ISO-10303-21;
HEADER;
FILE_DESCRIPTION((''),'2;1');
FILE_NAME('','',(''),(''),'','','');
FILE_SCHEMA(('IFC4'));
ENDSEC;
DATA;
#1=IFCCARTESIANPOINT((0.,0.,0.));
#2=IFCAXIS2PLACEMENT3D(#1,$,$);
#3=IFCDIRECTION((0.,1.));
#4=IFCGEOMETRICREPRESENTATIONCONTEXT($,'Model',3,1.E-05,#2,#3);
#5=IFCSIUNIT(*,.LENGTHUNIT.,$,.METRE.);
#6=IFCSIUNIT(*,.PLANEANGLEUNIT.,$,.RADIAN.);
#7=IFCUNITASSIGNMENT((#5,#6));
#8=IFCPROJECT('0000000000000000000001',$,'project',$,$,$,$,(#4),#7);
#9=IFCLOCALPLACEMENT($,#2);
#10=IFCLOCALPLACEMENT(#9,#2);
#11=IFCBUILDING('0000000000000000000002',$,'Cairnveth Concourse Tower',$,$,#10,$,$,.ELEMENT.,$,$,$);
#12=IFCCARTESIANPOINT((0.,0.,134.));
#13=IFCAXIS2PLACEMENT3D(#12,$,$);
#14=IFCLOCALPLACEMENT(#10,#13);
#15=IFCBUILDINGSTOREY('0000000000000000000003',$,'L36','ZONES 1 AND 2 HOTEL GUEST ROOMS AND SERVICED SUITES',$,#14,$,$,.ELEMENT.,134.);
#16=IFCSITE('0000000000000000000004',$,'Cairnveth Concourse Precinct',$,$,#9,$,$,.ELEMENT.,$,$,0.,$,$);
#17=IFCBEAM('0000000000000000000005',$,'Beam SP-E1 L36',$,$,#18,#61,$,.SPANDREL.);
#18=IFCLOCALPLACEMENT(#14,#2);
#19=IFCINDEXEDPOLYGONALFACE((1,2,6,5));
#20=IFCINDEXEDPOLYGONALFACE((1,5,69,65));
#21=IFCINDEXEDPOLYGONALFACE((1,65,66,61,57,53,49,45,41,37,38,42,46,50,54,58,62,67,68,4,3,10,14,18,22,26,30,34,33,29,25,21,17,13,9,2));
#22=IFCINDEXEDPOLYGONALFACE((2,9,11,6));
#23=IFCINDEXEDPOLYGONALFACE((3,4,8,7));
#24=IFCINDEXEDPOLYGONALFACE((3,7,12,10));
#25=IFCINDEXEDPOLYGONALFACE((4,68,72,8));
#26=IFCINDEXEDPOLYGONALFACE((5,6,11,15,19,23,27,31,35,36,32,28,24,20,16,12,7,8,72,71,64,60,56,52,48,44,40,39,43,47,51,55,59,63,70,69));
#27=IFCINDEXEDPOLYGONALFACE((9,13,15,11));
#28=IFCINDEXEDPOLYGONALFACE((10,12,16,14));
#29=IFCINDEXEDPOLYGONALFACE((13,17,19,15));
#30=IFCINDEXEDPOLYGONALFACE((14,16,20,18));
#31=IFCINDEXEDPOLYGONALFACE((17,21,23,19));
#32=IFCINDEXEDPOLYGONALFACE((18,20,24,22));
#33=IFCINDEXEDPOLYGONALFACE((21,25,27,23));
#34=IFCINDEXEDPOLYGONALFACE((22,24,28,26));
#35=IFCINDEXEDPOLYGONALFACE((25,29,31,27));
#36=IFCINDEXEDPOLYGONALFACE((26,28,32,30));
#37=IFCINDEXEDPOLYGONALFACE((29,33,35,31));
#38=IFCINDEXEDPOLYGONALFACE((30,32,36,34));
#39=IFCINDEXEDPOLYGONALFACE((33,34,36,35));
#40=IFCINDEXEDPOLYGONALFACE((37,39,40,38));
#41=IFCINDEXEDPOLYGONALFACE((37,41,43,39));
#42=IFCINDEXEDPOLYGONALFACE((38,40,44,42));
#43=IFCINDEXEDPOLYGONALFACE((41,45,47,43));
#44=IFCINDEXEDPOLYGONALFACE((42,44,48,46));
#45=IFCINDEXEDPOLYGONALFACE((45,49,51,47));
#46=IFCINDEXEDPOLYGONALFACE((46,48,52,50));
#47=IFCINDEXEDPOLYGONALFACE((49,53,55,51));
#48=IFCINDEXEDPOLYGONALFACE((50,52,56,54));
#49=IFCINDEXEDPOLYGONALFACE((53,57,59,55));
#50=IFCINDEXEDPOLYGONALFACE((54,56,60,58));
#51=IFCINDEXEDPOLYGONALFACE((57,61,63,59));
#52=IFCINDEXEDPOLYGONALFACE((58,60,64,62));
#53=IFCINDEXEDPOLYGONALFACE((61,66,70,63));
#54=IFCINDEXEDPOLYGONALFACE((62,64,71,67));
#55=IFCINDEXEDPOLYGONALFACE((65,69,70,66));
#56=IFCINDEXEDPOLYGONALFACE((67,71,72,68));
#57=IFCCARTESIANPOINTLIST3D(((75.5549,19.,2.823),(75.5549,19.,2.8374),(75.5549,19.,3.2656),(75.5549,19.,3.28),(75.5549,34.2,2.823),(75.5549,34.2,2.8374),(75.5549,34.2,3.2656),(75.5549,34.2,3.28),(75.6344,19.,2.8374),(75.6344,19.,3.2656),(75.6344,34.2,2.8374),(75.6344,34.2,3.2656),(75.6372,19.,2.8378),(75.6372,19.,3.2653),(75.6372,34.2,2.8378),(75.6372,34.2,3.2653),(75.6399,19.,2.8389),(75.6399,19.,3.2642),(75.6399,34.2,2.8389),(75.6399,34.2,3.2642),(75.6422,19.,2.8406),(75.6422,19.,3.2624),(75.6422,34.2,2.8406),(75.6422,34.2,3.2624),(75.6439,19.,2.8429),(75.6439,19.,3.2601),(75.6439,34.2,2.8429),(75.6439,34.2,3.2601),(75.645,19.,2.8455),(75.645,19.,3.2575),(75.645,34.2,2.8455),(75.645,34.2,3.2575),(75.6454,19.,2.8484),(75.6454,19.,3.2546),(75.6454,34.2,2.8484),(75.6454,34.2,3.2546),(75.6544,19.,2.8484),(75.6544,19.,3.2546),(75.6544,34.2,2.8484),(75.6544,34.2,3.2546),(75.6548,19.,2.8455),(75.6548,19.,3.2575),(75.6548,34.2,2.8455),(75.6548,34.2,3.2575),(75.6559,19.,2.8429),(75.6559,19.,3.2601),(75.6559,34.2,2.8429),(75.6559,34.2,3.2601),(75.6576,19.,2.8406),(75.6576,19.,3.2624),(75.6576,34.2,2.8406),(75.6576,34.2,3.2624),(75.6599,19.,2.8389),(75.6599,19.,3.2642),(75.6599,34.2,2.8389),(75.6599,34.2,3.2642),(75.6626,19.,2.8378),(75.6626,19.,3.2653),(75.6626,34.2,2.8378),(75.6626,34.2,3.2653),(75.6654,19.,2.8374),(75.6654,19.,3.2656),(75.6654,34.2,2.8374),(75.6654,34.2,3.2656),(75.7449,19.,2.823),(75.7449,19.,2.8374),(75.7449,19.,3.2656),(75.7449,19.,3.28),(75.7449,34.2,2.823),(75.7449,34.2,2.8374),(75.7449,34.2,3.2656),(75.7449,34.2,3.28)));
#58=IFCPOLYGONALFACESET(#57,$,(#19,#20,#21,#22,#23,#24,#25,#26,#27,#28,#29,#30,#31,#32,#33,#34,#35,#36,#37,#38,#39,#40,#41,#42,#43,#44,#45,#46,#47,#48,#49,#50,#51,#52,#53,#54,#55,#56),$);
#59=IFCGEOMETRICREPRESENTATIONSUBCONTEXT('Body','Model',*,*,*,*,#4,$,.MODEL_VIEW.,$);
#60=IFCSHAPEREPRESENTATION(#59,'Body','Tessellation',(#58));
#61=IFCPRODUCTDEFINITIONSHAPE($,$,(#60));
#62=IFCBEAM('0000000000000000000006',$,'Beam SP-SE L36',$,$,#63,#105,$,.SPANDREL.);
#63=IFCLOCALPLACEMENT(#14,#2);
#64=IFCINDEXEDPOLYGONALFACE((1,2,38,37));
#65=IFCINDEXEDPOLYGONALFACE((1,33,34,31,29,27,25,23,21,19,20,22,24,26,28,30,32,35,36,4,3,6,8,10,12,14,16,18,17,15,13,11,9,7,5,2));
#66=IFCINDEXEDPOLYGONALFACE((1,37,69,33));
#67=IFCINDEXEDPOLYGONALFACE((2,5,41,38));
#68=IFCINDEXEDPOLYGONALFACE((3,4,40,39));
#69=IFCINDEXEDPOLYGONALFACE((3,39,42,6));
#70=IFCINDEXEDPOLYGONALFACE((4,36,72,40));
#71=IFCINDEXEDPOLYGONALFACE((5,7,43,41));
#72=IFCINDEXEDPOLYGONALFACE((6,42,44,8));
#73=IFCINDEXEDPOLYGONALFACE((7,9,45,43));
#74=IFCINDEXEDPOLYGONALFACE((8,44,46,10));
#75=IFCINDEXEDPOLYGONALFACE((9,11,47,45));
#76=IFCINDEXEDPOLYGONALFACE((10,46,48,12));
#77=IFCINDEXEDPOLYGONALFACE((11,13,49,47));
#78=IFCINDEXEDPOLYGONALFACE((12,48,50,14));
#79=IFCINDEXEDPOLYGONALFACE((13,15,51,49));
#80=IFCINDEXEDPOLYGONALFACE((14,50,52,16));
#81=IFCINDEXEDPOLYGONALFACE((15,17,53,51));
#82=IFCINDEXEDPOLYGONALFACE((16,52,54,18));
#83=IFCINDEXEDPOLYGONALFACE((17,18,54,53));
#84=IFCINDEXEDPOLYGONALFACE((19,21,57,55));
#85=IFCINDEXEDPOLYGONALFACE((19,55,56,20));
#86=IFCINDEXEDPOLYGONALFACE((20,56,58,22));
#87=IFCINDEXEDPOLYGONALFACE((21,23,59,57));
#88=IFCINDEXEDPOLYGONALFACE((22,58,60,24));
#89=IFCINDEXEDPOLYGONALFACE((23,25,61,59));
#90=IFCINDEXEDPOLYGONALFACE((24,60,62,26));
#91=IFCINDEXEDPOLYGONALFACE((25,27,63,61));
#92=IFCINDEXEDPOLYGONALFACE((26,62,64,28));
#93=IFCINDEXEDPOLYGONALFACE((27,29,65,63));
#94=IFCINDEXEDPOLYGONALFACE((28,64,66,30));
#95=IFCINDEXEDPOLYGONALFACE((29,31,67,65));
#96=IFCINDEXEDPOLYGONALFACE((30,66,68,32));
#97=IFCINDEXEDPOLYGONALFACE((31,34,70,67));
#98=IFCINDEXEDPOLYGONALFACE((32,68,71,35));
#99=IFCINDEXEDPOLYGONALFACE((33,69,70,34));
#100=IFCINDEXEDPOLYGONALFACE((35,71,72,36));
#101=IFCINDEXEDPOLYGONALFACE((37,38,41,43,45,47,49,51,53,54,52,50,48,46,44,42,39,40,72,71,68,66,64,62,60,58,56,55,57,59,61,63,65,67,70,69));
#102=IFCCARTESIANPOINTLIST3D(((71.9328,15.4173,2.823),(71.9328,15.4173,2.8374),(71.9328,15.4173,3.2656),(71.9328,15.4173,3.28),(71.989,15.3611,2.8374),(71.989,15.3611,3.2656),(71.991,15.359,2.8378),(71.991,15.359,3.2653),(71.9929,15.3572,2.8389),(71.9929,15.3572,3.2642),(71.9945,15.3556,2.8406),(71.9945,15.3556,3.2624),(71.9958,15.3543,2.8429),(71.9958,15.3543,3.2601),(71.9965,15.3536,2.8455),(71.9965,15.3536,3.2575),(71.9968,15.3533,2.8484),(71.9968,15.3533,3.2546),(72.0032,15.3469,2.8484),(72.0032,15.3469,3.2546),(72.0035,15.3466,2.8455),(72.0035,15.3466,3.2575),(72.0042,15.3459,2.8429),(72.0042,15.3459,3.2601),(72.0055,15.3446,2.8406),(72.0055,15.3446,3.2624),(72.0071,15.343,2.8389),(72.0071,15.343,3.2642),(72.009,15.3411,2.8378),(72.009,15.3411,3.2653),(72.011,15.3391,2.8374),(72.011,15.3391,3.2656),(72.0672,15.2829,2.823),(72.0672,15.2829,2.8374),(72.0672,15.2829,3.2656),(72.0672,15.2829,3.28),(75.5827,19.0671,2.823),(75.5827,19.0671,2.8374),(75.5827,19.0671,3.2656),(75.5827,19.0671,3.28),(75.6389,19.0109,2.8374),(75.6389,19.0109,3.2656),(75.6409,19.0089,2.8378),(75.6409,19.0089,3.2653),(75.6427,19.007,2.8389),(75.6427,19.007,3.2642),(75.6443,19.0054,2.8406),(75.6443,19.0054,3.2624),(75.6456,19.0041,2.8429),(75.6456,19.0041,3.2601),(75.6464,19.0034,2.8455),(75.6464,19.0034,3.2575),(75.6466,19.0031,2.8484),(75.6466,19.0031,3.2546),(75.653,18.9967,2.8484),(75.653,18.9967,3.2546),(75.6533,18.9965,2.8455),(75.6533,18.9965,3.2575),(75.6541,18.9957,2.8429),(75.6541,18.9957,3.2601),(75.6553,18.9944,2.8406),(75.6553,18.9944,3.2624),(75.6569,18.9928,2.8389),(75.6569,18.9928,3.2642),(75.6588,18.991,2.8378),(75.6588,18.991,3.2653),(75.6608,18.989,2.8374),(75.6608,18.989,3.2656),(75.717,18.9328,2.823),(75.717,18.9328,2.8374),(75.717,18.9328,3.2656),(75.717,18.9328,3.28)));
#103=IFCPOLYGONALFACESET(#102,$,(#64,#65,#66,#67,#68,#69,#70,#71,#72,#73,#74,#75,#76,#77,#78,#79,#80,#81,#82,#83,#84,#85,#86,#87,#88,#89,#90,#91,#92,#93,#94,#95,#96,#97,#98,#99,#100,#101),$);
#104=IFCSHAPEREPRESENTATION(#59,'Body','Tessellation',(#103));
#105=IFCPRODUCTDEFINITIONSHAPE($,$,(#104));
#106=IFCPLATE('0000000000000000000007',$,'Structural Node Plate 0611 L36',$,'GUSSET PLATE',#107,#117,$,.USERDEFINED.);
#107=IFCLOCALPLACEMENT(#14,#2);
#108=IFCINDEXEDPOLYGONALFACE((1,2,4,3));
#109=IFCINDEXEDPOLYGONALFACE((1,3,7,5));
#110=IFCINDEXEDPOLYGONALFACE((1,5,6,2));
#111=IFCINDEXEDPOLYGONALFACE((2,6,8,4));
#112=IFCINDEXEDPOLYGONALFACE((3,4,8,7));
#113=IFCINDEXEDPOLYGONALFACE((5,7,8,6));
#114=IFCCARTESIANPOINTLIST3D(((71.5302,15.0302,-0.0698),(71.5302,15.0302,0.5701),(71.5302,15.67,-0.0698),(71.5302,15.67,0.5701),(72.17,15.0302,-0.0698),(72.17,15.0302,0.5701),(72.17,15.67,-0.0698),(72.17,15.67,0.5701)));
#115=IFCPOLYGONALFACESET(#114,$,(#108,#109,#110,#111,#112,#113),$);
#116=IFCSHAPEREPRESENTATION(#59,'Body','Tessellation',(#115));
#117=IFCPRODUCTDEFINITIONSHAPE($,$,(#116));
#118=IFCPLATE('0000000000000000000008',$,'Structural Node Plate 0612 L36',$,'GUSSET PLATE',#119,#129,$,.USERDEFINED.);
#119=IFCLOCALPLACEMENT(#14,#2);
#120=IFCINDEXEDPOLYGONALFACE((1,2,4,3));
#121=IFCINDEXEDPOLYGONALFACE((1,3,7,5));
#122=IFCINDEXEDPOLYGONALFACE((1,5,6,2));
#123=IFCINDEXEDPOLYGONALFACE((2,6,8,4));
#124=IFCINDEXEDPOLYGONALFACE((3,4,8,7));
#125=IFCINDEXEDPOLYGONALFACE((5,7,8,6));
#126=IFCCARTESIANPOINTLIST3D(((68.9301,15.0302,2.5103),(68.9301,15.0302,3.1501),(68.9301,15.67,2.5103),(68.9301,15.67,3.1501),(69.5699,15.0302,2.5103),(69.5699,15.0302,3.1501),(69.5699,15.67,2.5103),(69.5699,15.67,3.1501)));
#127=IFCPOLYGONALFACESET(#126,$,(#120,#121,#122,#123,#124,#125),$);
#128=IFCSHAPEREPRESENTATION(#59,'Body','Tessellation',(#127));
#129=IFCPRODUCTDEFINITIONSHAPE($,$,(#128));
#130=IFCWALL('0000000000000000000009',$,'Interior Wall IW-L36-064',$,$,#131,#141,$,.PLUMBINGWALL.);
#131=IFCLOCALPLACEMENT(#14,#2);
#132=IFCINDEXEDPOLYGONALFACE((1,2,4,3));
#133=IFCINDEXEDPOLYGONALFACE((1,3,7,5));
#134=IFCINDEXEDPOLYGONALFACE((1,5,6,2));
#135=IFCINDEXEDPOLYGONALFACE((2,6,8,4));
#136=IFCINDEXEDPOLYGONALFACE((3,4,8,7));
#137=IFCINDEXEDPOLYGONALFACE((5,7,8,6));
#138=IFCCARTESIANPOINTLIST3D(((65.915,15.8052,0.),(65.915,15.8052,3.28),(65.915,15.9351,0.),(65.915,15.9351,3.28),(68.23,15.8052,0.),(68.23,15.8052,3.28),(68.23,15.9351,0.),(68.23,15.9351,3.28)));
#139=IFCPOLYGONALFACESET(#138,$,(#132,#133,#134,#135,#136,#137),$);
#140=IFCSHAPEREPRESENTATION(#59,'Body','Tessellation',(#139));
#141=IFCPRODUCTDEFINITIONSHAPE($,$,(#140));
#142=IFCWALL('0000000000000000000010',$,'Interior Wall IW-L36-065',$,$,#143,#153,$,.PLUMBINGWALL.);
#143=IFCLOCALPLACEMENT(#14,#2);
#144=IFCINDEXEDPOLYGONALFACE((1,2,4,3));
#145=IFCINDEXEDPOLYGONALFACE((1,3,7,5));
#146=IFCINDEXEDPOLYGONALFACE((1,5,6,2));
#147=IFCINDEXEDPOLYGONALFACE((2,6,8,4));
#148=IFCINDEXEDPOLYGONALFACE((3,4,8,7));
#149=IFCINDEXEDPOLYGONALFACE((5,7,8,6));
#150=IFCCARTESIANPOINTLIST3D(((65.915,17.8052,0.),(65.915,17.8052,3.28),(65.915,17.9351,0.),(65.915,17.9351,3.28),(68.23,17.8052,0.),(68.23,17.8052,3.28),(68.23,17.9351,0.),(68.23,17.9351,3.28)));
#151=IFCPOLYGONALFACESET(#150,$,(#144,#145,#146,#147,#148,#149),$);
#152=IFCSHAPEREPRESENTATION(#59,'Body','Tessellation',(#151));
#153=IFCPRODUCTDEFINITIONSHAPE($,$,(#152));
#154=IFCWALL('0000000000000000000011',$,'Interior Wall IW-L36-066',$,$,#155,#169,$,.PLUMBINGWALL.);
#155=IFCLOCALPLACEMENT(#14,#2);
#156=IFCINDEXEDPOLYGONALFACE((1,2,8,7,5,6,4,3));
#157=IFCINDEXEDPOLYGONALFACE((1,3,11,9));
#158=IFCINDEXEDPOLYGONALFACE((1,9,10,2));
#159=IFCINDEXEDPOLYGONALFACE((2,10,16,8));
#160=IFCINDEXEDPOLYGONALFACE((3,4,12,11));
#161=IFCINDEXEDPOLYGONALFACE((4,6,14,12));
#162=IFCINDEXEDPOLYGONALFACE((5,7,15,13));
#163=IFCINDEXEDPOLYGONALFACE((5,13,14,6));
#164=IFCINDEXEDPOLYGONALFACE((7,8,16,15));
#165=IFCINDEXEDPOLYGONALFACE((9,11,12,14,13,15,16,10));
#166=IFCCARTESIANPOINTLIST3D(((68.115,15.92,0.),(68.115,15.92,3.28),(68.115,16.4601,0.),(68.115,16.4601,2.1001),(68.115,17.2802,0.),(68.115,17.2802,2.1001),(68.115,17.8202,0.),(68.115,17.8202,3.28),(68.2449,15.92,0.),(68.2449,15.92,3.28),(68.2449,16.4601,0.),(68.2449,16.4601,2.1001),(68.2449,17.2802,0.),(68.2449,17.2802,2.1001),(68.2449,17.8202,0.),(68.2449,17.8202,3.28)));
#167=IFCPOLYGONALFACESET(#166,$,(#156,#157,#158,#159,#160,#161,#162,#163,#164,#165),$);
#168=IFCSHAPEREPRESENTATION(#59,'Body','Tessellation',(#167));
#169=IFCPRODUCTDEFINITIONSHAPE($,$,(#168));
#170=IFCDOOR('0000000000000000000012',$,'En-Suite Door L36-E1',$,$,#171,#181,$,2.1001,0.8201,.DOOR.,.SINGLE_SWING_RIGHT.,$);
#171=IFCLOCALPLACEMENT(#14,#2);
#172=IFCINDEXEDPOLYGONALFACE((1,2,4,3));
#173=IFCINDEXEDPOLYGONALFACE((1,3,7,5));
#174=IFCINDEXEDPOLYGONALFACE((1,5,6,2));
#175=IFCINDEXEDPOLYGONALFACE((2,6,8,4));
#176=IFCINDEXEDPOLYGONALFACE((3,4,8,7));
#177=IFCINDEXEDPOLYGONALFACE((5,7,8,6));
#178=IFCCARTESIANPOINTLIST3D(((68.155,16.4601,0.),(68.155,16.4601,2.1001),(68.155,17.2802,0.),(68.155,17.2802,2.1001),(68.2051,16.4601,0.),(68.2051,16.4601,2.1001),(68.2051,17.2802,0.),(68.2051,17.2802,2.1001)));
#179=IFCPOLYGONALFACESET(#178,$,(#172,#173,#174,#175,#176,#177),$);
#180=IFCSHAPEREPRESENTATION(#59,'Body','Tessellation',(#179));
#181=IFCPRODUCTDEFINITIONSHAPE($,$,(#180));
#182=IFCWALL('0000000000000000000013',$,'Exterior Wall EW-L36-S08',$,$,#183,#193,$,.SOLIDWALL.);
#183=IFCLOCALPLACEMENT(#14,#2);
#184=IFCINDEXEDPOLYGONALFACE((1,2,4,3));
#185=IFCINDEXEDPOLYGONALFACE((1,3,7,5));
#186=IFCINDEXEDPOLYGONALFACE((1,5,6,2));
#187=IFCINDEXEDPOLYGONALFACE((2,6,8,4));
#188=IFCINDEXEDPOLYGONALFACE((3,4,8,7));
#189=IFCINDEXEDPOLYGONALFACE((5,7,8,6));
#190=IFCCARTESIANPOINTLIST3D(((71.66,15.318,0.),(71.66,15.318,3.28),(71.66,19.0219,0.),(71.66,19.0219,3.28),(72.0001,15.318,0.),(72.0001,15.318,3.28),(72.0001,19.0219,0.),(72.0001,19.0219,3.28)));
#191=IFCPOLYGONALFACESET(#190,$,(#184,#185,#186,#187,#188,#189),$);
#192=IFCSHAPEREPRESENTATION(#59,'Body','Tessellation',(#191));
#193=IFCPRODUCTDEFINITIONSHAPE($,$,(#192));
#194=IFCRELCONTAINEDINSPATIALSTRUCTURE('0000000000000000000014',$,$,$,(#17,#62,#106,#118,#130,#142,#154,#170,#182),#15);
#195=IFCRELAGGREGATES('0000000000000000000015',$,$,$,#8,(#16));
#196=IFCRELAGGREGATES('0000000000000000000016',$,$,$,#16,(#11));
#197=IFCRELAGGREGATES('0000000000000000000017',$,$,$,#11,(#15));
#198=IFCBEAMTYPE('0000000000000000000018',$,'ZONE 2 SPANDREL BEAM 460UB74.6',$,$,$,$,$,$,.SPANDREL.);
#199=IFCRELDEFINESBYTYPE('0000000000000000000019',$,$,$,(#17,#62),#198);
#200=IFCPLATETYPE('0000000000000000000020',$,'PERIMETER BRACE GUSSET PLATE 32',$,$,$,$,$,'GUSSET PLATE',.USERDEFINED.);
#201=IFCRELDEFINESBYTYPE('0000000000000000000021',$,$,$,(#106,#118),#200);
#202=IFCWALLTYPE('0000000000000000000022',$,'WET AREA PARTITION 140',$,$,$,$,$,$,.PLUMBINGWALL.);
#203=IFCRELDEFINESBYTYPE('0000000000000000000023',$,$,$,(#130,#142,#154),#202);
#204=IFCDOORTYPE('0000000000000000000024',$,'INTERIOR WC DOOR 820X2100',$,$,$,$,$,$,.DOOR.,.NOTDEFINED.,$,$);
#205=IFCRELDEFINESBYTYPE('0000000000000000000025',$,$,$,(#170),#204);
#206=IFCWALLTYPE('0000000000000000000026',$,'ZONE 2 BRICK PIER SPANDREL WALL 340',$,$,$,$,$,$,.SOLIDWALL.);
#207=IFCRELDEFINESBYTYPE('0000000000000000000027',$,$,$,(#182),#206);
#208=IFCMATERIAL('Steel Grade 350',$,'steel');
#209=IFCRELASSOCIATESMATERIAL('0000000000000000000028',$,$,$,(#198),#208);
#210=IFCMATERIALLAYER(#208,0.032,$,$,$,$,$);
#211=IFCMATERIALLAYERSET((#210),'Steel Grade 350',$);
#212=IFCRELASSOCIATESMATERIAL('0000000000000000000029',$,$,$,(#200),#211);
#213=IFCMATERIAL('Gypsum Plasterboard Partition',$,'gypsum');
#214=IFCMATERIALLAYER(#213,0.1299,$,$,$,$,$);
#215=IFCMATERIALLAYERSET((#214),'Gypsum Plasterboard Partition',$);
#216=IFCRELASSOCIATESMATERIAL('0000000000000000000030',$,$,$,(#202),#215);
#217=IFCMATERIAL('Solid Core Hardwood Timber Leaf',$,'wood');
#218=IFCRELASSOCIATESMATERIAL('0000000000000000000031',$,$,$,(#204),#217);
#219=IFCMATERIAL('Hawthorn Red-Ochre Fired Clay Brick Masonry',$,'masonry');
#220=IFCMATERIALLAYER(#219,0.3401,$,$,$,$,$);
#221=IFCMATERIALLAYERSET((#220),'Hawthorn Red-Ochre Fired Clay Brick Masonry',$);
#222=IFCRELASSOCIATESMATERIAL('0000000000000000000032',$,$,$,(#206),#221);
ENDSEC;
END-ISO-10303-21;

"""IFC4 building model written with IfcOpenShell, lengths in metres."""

from ifc_helpers import new_model, si_unit, direction, frame, frame_2d, origin, origin_2d, place, context, subcontext, project, spatial, rectangle, i_section, extrude, material, layer, layer_set, material_profile, profile_set, type_object, element, fill, save


model = new_model("IFC4")

# Units and contexts
model_context = context("Model", 3, precision=1e-05, world=origin(), true_north=direction((0.0, 1.0)))
body_context = subcontext(model_context, "Body", "Model", "MODEL_VIEW")
ifc_project = project(units=[si_unit("LENGTHUNIT", "METRE"), si_unit("PLANEANGLEUNIT", "RADIAN")], contexts=[model_context])

# Site, building, storey
site_placement = place(None, origin())
site = spatial("IfcSite", under=ifc_project, at=site_placement, Name="Cairnveth Concourse Precinct", CompositionType="ELEMENT", RefElevation=0.0)
building_placement = place(site_placement, origin())
building = spatial("IfcBuilding", under=site, at=building_placement, Name="Cairnveth Concourse Tower", CompositionType="ELEMENT")
storey_placement = place(building_placement, frame((0.0, 0.0, 134.0)))
storey = spatial("IfcBuildingStorey", under=building, at=storey_placement, Name="L36", Description="ZONES 1 AND 2 HOTEL GUEST ROOMS AND SERVICED SUITES", CompositionType="ELEMENT", Elevation=134.0)

# Shared definitions
ifc_material_1 = material(Name="Steel Grade 350", Category="steel")

# Beams
ifc_material_profile_1 = material_profile(ifc_material_1, i_section(OverallWidth=0.1899, OverallDepth=0.457, WebThickness=0.009, FlangeThickness=0.0144, FilletRadius=0.011, at=origin_2d()), Name="460UB74.6")
ifc_profile_set_1 = profile_set([ifc_material_profile_1], Name="Steel Grade 350")
beam_type_1 = type_object("IfcBeamType", Name="ZONE 2 SPANDREL BEAM 460UB74.6", PredefinedType="SPANDREL", material=ifc_profile_set_1)
beam_1_placement = place(storey_placement, frame((75.6499, 19.0, 3.0515), z_axis=(0.0, 1.0, 0.0), x_axis=(-1.0, 0.0, 0.0)))
element("IfcBeam", 1, at=beam_1_placement, inside=storey, type_object=beam_type_1, Name="Beam SP-E1 L36", PredefinedType="SPANDREL", context=body_context, shape_type="SweptSolid", body=[
    extrude(i_section(OverallWidth=0.1899, OverallDepth=0.457, WebThickness=0.009, FlangeThickness=0.0144, FilletRadius=0.011, at=origin_2d()), origin(), (0.0, 0.0, 1.0), 15.2),
])
beam_2_placement = place(storey_placement, frame((72.0, 15.3501, 3.0515), z_axis=(0.707107, 0.707107, 0.0), x_axis=(-0.707107, 0.707107, 0.0)))
element("IfcBeam", 2, at=beam_2_placement, inside=storey, type_object=beam_type_1, Name="Beam SP-SE L36", PredefinedType="SPANDREL", context=body_context, shape_type="SweptSolid", body=[
    extrude(i_section(OverallWidth=0.1899, OverallDepth=0.457, WebThickness=0.009, FlangeThickness=0.0144, FilletRadius=0.011, at=origin_2d()), origin(), (0.0, 0.0, 1.0), 5.1616),
])

# Plates
ifc_layer_1 = layer(ifc_material_1, 0.032)
ifc_layer_set_1 = layer_set([ifc_layer_1], Name="Steel Grade 350")
plate_type = type_object("IfcPlateType", Name="PERIMETER BRACE GUSSET PLATE 32", ElementType="GUSSET PLATE", PredefinedType="USERDEFINED", material=ifc_layer_set_1)
for number, where, z_axis, x_axis, name in (
    (3, (71.8501, 15.3501, -0.0698), (0.0, 0.0, 1.0), (1.0, 0.0, 0.0), "Structural Node Plate 0611 L36"),
    (4, (69.25, 15.3501, 2.5103), (0.0, 0.0, 1.0), (1.0, 0.0, 0.0), "Structural Node Plate 0612 L36"),
):
    element("IfcPlate", number, at=place(storey_placement, frame(where, z_axis=z_axis, x_axis=x_axis)), inside=storey, type_object=plate_type, Name=name, ObjectType="GUSSET PLATE", PredefinedType="USERDEFINED", context=body_context, shape_type="SweptSolid", body=[
        extrude(rectangle(XDim=0.6399, YDim=0.6399, at=origin_2d()), origin(), (0.0, 0.0, 1.0), 0.6399),
    ])

# Walls
ifc_material_2 = material(Name="Gypsum Plasterboard Partition", Category="gypsum")
ifc_layer_2 = layer(ifc_material_2, 0.1299)
ifc_layer_set_2 = layer_set([ifc_layer_2], Name="Gypsum Plasterboard Partition")
wall_type_1 = type_object("IfcWallType", Name="WET AREA PARTITION 140", PredefinedType="PLUMBINGWALL", material=ifc_layer_set_2)
for number, where, z_axis, x_axis, name in (
    (5, (65.915, 15.8701, 0.0), (0.0, 0.0, 1.0), (1.0, 0.0, 0.0), "Interior Wall IW-L36-064"),
    (6, (65.915, 17.8701, 0.0), (0.0, 0.0, 1.0), (1.0, 0.0, 0.0), "Interior Wall IW-L36-065"),
):
    element("IfcWall", number, at=place(storey_placement, frame(where, z_axis=z_axis, x_axis=x_axis)), inside=storey, type_object=wall_type_1, Name=name, PredefinedType="PLUMBINGWALL", context=body_context, shape_type="SweptSolid", body=[
        extrude(rectangle(XDim=2.3149, YDim=0.1299, at=frame_2d((1.1575, 0.0))), origin(), (0.0, 0.0, 1.0), 3.28),
    ])

# Wall, opening, door
wall_1_placement = place(storey_placement, frame((68.1799, 15.9199, 0.0), z_axis=(0.0, 0.0, 1.0), x_axis=(0.0, 1.0, 0.0)))
wall_1 = element("IfcWall", 7, at=wall_1_placement, inside=storey, type_object=wall_type_1, Name="Interior Wall IW-L36-066", PredefinedType="PLUMBINGWALL", context=body_context, shape_type="SweptSolid", body=[
    extrude(rectangle(XDim=1.9001, YDim=0.1299, at=frame_2d((0.9502, 0.0))), origin(), (0.0, 0.0, 1.0), 3.28),
])
opening_1_placement = place(wall_1_placement, frame((0.54, 0.0, 0.0)))
opening_1 = element("IfcOpeningElement", 8, at=opening_1_placement, cuts=wall_1, PredefinedType="OPENING", context=body_context, shape_type="SweptSolid", body=[
    extrude(rectangle(XDim=0.8201, YDim=2.1001, at=frame_2d((0.4102, 1.05))), frame((0.0, 0.075, 0.0), z_axis=(0.0, -1.0, 0.0), x_axis=(1.0, 0.0, 0.0)), (0.0, 0.0, 1.0), 0.1499),
])
ifc_material_3 = material(Name="Solid Core Hardwood Timber Leaf", Category="wood")
door_type = type_object("IfcDoorType", Name="INTERIOR WC DOOR 820X2100", OperationType="NOTDEFINED", PredefinedType="DOOR", material=ifc_material_3)
door_placement = place(opening_1_placement, origin())
door = element("IfcDoor", 9, at=door_placement, inside=storey, type_object=door_type, Name="En-Suite Door L36-E1", OperationType="SINGLE_SWING_RIGHT", OverallHeight=2.1001, OverallWidth=0.8201, PredefinedType="DOOR", context=body_context, shape_type="SweptSolid", body=[
    extrude(rectangle(XDim=0.8201, YDim=2.1001, at=frame_2d((0.4102, 1.05))), frame((0.0, 0.0249, 0.0), z_axis=(0.0, -1.0, 0.0), x_axis=(1.0, 0.0, 0.0)), (0.0, 0.0, 1.0), 0.05),
])
fill(opening_1, door)

# Wall
ifc_material_4 = material(Name="Hawthorn Red-Ochre Fired Clay Brick Masonry", Category="masonry")
ifc_layer_3 = layer(ifc_material_4, 0.3401)
ifc_layer_set_3 = layer_set([ifc_layer_3], Name="Hawthorn Red-Ochre Fired Clay Brick Masonry")
wall_type_2 = type_object("IfcWallType", Name="ZONE 2 BRICK PIER SPANDREL WALL 340", PredefinedType="SOLIDWALL", material=ifc_layer_set_3)
wall_2_placement = place(storey_placement, frame((71.8301, 19.022, 0.0), z_axis=(0.0, 0.0, 1.0), x_axis=(0.0, -1.0, 0.0)))
element("IfcWall", 10, at=wall_2_placement, inside=storey, type_object=wall_type_2, Name="Exterior Wall EW-L36-S08", PredefinedType="SOLIDWALL", context=body_context, shape_type="SweptSolid", body=[
    extrude(rectangle(XDim=3.7039, YDim=0.3401, at=frame_2d((1.8521, 0.0))), origin(), (0.0, 0.0, 1.0), 3.28),
])

save(model, "model.ifc")
